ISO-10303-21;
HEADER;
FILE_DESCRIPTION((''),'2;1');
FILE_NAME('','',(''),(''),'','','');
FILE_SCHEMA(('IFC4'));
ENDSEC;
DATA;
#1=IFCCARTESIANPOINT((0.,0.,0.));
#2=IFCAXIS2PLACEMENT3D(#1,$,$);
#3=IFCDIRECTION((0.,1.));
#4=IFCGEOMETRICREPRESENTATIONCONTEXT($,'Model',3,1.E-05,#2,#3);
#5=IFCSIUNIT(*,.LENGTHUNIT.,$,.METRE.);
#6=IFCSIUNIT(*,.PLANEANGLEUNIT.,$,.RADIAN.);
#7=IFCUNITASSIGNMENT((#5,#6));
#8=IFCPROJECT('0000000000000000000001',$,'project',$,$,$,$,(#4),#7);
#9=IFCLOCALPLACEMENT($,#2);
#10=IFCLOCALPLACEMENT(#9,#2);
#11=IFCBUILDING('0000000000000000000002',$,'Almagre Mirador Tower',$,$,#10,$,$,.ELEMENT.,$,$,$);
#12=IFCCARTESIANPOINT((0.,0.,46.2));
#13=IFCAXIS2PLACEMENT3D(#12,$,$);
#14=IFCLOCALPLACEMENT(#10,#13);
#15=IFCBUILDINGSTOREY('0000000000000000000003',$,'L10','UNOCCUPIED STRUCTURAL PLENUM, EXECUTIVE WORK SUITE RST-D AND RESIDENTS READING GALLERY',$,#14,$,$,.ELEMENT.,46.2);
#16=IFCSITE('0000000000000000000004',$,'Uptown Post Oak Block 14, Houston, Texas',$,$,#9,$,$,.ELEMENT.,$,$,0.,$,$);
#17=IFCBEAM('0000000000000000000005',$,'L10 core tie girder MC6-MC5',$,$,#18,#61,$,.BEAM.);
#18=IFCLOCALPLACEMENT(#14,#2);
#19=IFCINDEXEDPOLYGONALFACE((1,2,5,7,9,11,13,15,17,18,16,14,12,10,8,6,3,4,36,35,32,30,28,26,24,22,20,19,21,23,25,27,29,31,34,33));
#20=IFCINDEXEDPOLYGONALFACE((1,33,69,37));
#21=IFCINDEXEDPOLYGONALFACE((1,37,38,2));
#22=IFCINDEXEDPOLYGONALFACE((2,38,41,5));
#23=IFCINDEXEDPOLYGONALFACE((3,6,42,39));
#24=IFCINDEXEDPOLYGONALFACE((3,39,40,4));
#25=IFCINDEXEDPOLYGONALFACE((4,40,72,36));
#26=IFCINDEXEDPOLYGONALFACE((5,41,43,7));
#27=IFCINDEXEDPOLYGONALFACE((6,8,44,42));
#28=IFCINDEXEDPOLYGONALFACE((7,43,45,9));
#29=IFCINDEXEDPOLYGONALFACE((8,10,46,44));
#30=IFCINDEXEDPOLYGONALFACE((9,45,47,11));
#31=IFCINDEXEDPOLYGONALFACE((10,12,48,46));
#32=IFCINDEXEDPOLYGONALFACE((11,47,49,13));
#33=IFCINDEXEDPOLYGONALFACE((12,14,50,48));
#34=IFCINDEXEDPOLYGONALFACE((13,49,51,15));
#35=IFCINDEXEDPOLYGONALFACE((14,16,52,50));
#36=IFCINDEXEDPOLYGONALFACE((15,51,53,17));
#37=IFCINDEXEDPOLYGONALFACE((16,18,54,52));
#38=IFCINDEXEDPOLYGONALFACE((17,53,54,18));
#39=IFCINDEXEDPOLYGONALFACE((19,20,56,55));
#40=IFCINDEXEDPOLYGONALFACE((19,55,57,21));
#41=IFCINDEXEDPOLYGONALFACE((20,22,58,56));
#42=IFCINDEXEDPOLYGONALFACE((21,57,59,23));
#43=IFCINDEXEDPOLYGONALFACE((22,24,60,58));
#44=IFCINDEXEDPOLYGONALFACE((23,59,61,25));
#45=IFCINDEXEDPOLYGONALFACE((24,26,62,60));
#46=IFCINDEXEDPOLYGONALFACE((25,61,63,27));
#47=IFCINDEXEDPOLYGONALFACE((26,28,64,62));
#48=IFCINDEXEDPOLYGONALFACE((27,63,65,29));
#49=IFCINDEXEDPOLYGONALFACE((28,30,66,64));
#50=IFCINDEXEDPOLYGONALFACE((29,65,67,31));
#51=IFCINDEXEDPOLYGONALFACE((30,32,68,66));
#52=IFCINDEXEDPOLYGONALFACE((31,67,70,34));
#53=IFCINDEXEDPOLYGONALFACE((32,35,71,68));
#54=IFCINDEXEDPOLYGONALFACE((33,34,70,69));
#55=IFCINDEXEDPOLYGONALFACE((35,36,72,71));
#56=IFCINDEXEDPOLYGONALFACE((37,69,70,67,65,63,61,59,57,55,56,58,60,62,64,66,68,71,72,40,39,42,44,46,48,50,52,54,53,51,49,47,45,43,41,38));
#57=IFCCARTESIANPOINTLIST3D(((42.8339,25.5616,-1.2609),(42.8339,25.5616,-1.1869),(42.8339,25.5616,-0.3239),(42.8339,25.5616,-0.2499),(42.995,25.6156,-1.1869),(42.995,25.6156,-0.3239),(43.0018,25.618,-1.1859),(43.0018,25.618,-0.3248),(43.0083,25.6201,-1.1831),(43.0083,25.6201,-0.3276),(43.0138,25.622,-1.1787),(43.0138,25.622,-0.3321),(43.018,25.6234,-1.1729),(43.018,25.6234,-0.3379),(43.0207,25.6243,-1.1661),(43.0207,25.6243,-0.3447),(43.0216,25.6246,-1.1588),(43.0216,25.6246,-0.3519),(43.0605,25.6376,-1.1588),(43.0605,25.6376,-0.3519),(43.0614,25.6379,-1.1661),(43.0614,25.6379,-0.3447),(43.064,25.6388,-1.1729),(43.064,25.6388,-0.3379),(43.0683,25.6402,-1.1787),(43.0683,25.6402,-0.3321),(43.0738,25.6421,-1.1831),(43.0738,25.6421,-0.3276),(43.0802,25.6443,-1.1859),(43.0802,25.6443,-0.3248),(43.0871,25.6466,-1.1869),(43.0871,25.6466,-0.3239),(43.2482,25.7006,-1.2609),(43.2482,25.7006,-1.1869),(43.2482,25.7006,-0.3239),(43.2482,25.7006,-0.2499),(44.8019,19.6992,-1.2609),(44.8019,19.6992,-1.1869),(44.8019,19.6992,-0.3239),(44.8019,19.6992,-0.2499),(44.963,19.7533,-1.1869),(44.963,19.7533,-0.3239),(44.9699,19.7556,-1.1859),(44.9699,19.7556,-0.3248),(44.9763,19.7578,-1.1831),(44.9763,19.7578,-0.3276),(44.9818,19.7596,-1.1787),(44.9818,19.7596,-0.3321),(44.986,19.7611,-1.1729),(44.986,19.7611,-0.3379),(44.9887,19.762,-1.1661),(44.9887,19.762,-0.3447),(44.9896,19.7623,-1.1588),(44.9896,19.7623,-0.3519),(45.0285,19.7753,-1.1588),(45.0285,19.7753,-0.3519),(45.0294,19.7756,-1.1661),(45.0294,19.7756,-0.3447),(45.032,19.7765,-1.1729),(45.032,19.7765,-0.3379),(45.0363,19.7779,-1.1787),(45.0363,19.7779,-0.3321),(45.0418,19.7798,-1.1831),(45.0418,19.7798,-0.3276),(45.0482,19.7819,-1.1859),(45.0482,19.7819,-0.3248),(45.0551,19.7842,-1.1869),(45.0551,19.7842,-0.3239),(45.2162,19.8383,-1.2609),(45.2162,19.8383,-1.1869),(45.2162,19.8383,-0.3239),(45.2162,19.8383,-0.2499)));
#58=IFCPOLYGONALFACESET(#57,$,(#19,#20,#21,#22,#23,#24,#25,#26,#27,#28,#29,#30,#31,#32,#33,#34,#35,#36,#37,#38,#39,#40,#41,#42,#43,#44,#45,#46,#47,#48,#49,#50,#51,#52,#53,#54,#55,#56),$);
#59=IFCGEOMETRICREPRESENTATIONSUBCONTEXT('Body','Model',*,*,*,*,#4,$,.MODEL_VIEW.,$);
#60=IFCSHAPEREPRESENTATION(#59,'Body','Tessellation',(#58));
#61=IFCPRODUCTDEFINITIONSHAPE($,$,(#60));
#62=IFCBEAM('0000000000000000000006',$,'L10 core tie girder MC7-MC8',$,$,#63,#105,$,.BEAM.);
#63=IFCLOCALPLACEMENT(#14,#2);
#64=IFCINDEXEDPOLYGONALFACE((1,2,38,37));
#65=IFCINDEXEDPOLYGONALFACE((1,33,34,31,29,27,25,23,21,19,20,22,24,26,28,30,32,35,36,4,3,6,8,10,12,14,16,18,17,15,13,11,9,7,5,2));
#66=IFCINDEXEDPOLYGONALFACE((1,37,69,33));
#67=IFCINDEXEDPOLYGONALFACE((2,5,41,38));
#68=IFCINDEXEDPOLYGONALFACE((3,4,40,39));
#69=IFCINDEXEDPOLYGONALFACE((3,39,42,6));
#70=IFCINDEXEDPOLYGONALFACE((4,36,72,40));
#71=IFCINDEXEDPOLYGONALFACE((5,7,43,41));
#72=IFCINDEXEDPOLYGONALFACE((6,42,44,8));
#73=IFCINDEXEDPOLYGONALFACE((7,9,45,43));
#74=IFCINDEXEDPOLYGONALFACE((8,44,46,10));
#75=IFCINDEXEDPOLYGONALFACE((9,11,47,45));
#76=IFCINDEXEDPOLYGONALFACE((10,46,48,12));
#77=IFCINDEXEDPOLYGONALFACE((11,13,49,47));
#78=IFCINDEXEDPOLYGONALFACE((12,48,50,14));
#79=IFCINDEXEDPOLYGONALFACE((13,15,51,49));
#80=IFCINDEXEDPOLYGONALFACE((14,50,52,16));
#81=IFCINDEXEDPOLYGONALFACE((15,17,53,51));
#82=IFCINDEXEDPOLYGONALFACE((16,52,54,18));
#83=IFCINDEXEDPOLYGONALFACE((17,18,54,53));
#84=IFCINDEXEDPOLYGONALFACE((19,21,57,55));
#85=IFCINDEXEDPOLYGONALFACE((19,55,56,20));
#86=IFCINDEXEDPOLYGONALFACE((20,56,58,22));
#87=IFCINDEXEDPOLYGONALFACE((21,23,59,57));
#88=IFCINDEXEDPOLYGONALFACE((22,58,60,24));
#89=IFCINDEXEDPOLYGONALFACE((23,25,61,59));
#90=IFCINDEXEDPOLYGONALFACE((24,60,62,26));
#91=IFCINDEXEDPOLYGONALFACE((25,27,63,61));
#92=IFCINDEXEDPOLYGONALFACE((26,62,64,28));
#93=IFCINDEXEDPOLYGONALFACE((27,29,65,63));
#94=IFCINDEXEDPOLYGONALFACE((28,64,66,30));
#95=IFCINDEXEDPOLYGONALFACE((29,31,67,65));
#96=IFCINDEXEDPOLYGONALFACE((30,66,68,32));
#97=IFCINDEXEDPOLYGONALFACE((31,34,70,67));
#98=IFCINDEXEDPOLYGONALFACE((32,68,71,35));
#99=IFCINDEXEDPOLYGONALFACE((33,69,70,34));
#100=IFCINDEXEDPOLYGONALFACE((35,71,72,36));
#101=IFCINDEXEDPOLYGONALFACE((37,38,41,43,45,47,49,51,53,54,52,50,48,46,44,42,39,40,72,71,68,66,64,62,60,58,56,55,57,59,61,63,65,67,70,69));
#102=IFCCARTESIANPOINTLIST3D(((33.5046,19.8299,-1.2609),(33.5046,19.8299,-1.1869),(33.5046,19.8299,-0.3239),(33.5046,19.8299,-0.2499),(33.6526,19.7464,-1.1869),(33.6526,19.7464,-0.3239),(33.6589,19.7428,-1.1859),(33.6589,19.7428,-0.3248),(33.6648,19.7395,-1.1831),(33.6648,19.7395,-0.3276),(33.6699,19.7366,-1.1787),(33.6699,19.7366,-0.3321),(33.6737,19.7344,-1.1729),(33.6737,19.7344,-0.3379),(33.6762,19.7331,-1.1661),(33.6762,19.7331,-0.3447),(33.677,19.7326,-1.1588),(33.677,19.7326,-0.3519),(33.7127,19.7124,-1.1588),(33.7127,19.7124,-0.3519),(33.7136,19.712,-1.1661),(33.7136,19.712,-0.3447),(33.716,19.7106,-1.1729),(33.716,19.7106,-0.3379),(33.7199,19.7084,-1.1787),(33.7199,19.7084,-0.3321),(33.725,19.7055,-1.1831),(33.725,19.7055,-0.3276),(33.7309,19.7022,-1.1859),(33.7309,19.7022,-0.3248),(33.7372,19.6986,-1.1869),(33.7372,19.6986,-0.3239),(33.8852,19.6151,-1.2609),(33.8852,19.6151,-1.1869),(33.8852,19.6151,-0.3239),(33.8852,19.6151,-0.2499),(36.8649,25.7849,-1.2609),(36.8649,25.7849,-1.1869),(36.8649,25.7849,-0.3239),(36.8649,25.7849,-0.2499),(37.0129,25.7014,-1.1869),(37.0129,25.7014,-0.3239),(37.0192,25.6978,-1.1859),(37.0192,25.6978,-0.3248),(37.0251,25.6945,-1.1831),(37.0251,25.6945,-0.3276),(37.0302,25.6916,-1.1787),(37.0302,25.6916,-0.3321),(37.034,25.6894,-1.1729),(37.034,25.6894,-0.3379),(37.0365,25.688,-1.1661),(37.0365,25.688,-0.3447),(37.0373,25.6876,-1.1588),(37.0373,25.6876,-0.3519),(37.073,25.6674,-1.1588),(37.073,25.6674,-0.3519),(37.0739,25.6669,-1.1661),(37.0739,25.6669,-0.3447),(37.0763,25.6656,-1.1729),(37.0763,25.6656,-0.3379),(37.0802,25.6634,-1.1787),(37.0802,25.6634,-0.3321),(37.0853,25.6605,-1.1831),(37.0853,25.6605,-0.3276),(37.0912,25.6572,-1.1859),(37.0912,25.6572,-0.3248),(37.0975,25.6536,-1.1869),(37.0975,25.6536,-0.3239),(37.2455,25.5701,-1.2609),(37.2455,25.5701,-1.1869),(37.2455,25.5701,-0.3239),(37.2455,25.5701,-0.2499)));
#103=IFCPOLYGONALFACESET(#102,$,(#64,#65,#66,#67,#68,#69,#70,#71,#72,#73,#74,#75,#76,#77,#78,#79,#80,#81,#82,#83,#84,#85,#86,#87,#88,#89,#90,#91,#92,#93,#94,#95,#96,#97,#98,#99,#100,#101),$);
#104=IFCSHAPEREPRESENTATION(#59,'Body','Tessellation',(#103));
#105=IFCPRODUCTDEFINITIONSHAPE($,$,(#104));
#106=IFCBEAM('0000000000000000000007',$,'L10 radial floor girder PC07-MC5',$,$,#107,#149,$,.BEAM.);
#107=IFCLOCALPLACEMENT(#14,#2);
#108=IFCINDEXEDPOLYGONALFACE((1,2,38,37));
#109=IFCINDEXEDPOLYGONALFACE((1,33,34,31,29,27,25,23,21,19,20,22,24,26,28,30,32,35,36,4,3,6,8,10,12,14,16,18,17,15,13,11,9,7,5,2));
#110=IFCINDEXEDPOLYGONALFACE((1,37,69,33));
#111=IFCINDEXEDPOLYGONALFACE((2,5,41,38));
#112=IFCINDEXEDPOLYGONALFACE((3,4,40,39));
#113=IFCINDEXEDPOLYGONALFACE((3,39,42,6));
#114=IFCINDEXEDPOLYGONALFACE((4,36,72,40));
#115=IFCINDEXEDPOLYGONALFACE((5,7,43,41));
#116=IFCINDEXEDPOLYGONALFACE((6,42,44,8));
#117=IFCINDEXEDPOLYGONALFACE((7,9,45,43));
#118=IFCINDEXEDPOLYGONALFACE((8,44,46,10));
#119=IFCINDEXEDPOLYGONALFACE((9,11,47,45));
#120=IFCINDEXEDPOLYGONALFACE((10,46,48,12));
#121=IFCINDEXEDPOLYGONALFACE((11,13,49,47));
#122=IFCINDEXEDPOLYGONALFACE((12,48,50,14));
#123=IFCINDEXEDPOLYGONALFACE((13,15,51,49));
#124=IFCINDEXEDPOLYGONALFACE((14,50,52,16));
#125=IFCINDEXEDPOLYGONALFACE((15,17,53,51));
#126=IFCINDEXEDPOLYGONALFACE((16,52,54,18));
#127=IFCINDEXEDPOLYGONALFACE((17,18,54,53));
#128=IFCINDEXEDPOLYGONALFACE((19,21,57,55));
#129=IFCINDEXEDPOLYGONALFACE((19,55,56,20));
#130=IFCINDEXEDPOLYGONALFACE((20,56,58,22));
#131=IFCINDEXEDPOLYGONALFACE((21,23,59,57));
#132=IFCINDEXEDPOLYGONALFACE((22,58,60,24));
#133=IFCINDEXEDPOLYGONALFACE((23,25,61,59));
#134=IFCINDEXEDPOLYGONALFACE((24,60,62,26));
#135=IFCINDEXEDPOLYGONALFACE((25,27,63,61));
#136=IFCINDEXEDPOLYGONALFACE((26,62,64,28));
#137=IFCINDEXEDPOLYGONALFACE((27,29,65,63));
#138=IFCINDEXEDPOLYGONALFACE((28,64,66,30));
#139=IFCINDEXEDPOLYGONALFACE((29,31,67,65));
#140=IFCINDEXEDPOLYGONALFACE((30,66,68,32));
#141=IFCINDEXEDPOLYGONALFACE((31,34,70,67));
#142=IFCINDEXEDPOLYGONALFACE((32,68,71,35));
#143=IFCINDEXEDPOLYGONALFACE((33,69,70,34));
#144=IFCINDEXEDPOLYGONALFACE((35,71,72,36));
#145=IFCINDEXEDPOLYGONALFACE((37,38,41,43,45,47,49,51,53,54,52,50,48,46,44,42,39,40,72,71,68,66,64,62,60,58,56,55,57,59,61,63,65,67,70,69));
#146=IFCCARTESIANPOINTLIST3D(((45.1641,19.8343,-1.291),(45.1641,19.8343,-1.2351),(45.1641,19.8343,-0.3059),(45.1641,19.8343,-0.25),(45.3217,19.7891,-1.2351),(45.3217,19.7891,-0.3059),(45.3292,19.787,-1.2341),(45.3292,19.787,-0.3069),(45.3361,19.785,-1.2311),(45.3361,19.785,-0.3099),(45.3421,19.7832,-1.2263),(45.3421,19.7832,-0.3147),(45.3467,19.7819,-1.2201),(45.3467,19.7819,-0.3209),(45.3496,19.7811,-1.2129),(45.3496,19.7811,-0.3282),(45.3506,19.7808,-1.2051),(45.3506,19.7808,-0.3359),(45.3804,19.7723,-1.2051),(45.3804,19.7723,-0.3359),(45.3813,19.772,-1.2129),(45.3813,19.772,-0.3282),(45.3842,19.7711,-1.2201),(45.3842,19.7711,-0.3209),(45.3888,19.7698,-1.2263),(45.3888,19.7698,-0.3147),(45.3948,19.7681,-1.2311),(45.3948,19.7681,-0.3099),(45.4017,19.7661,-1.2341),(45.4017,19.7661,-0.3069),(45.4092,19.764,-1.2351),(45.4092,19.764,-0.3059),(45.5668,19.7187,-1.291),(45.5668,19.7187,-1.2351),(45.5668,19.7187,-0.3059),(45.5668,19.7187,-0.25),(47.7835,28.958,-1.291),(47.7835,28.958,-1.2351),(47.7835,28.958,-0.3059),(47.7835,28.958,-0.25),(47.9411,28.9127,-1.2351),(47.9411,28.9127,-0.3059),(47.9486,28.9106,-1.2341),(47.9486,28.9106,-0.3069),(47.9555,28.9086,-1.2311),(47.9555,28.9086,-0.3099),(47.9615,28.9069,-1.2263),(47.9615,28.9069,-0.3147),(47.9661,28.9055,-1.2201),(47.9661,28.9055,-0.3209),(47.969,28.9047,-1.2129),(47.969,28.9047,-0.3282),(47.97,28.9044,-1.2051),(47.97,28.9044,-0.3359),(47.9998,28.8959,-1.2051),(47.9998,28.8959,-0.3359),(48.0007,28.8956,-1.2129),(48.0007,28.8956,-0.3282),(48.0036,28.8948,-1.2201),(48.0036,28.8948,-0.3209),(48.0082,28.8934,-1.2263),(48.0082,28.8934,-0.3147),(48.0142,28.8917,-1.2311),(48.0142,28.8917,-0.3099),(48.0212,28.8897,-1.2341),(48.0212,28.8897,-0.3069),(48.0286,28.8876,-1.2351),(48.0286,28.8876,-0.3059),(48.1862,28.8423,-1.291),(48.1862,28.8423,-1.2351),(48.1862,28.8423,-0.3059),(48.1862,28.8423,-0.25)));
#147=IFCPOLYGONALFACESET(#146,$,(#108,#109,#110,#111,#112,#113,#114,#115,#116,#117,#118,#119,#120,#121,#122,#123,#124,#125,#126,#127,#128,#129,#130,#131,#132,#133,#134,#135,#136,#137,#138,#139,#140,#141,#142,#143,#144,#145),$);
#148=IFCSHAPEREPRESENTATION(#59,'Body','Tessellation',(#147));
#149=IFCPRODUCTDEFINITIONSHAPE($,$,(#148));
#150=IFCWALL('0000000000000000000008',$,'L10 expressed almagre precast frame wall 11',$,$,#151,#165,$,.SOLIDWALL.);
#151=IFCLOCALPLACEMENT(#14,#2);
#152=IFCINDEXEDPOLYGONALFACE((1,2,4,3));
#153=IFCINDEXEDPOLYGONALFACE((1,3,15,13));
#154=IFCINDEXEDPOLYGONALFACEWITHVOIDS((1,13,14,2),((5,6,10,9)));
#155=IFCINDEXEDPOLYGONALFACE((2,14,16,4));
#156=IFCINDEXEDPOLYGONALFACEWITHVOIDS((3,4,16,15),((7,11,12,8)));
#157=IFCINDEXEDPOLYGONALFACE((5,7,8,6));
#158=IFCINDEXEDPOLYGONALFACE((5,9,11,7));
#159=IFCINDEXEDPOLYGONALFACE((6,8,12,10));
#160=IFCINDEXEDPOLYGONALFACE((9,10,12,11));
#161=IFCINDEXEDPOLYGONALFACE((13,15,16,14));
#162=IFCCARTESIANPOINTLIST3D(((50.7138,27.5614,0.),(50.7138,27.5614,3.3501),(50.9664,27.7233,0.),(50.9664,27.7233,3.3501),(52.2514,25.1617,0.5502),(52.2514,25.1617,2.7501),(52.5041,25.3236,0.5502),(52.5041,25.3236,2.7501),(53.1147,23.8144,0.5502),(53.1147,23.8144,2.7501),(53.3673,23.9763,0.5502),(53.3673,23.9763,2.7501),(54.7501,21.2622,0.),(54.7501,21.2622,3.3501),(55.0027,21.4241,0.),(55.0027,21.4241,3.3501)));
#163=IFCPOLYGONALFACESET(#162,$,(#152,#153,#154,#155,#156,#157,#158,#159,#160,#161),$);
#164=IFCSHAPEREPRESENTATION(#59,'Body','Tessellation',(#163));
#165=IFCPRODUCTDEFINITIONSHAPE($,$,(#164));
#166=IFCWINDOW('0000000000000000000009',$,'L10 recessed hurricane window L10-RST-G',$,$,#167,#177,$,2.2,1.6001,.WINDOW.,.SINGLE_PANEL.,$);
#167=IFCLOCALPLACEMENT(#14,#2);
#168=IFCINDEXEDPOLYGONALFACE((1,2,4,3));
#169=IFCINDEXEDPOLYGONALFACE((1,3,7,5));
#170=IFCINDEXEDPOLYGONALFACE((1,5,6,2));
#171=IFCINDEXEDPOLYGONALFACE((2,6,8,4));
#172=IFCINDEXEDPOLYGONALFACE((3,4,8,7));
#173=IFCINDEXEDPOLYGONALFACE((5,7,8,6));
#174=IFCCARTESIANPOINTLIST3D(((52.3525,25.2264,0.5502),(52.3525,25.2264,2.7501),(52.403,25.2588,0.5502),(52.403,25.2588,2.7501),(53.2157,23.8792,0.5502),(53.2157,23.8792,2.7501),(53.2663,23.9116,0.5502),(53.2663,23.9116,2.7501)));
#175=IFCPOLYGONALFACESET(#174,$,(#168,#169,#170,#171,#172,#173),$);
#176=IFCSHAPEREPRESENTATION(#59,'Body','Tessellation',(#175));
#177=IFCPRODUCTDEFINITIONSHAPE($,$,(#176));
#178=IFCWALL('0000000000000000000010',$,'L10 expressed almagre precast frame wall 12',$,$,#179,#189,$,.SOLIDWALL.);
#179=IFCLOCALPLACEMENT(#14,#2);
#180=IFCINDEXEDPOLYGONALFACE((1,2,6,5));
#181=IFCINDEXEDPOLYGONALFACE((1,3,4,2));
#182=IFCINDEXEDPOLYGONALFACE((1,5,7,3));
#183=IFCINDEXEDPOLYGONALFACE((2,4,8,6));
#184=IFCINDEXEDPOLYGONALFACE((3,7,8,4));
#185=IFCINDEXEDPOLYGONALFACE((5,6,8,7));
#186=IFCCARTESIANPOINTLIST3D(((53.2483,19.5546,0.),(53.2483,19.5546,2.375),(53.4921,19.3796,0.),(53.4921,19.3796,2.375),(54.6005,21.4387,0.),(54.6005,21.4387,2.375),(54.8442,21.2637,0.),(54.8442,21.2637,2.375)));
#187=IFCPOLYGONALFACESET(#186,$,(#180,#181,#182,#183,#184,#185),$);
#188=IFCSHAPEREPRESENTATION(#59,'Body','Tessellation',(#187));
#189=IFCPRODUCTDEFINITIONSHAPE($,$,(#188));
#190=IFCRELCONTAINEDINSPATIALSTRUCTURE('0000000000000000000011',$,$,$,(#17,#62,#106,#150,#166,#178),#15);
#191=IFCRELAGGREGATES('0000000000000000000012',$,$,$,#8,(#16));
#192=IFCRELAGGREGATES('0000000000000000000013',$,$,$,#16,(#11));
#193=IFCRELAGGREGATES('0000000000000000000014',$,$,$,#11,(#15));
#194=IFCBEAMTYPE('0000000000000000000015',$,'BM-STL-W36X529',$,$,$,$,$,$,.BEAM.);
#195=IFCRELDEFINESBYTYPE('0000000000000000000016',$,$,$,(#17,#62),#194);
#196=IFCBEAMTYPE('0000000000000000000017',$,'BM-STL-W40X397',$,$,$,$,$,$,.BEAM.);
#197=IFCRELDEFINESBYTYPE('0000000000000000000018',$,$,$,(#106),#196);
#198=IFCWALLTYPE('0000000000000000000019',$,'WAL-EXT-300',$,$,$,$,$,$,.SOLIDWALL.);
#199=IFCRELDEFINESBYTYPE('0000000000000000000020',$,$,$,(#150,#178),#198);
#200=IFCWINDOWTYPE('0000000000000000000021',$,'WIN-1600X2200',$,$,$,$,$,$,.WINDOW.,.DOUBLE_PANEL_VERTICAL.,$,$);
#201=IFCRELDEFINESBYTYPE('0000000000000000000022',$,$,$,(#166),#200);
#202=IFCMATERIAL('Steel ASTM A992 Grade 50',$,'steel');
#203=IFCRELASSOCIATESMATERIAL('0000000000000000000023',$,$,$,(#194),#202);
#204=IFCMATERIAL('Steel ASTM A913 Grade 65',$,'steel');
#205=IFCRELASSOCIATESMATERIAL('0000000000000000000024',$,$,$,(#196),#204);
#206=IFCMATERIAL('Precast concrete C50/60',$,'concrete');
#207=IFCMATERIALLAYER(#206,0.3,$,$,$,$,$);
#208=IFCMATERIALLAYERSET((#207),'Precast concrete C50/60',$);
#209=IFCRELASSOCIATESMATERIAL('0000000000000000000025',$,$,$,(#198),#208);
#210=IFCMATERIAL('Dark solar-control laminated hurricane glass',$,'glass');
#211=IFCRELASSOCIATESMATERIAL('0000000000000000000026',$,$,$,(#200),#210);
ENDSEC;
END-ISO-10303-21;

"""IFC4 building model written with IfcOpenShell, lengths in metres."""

from ifc_helpers import new_model, si_unit, direction, frame, frame_2d, origin, origin_2d, place, context, subcontext, project, spatial, rectangle, i_section, extrude, material, layer, layer_set, material_profile, profile_set, type_object, element, fill, save


model = new_model("IFC4")

# Units and contexts
model_context = context("Model", 3, precision=1e-05, world=origin(), true_north=direction((0.0, 1.0)))
body_context = subcontext(model_context, "Body", "Model", "MODEL_VIEW")
ifc_project = project(units=[si_unit("LENGTHUNIT", "METRE"), si_unit("PLANEANGLEUNIT", "RADIAN")], contexts=[model_context])

# Site, building, storey
site_placement = place(None, origin())
site = spatial("IfcSite", under=ifc_project, at=site_placement, Name="Uptown Post Oak Block 14, Houston, Texas", CompositionType="ELEMENT", RefElevation=0.0)
building_placement = place(site_placement, origin())
building = spatial("IfcBuilding", under=site, at=building_placement, Name="Almagre Mirador Tower", CompositionType="ELEMENT")
storey_placement = place(building_placement, frame((0.0, 0.0, 46.2)))
storey = spatial("IfcBuildingStorey", under=building, at=storey_placement, Name="L10", Description="UNOCCUPIED STRUCTURAL PLENUM, EXECUTIVE WORK SUITE RST-D AND RESIDENTS READING GALLERY", CompositionType="ELEMENT", Elevation=46.2)

# Beams
ifc_material_1 = material(Name="Steel ASTM A992 Grade 50", Category="steel")
ifc_material_profile_1 = material_profile(ifc_material_1, i_section(OverallWidth=0.437, OverallDepth=1.011, WebThickness=0.041, FlangeThickness=0.074, FilletRadius=0.0281, at=origin_2d()), Name="W36X529")
ifc_profile_set_1 = profile_set([ifc_material_profile_1], Name="Steel ASTM A992 Grade 50")
beam_type_1 = type_object("IfcBeamType", Name="BM-STL-W36X529", PredefinedType="BEAM", material=ifc_profile_set_1)
beam_1_placement = place(storey_placement, frame((43.041, 25.6311, -0.7554), z_axis=(0.318252, -0.948006, 0.0), x_axis=(0.948006, 0.318252, 0.0)))
element("IfcBeam", 1, at=beam_1_placement, inside=storey, type_object=beam_type_1, Name="L10 core tie girder MC6-MC5", PredefinedType="BEAM", context=body_context, shape_type="SweptSolid", body=[
    extrude(i_section(OverallWidth=0.437, OverallDepth=1.011, WebThickness=0.041, FlangeThickness=0.074, FilletRadius=0.0281, at=origin_2d()), origin(), (0.0, 0.0, 1.0), 6.1838),
])
beam_2_placement = place(storey_placement, frame((37.0552, 25.6775, -0.7554), z_axis=(-0.491441, -0.870911, 0.0), x_axis=(0.870911, -0.491441, 0.0)))
element("IfcBeam", 2, at=beam_2_placement, inside=storey, type_object=beam_type_1, Name="L10 core tie girder MC7-MC8", PredefinedType="BEAM", context=body_context, shape_type="SweptSolid", body=[
    extrude(i_section(OverallWidth=0.437, OverallDepth=1.011, WebThickness=0.041, FlangeThickness=0.074, FilletRadius=0.0281, at=origin_2d()), origin(), (0.0, 0.0, 1.0), 6.8376),
])
ifc_material_2 = material(Name="Steel ASTM A913 Grade 65", Category="steel")
ifc_material_profile_2 = material_profile(ifc_material_2, i_section(OverallWidth=0.4189, OverallDepth=1.041, WebThickness=0.031, FlangeThickness=0.0559, FilletRadius=0.03, at=origin_2d()), Name="W40X397")
ifc_profile_set_2 = profile_set([ifc_material_profile_2], Name="Steel ASTM A913 Grade 65")
beam_type_2 = type_object("IfcBeamType", Name="BM-STL-W40X397", PredefinedType="BEAM", material=ifc_profile_set_2)
beam_3_placement = place(storey_placement, frame((47.9849, 28.9001, -0.7705), z_axis=(-0.275954, -0.961171, 0.0), x_axis=(0.961171, -0.275954, 0.0)))
element("IfcBeam", 3, at=beam_3_placement, inside=storey, type_object=beam_type_2, Name="L10 radial floor girder PC07-MC5", PredefinedType="BEAM", context=body_context, shape_type="SweptSolid", body=[
    extrude(i_section(OverallWidth=0.4189, OverallDepth=1.041, WebThickness=0.031, FlangeThickness=0.0559, FilletRadius=0.03, at=origin_2d()), origin(), (0.0, 0.0, 1.0), 9.4922),
])

# Wall, opening, window
ifc_material_3 = material(Name="Precast concrete C50/60", Category="concrete")
ifc_layer = layer(ifc_material_3, 0.3)
ifc_layer_set = layer_set([ifc_layer], Name="Precast concrete C50/60")
wall_type = type_object("IfcWallType", Name="WAL-EXT-300", PredefinedType="SOLIDWALL", material=ifc_layer_set)
wall_1_placement = place(storey_placement, frame((50.8401, 27.6423, 0.0), z_axis=(0.0, 0.0, 1.0), x_axis=(0.53951, -0.841979, 0.0)))
wall_1 = element("IfcWall", 4, at=wall_1_placement, inside=storey, type_object=wall_type, Name="L10 expressed almagre precast frame wall 11", PredefinedType="SOLIDWALL", context=body_context, shape_type="SweptSolid", body=[
    extrude(rectangle(XDim=7.4814, YDim=0.3, at=frame_2d((3.7407, 0.0))), origin(), (0.0, 0.0, 1.0), 3.3501),
])
opening_placement = place(wall_1_placement, frame((2.8501, 0.0, 0.55)))
opening = element("IfcOpeningElement", 5, at=opening_placement, cuts=wall_1, PredefinedType="OPENING", context=body_context, shape_type="SweptSolid", body=[
    extrude(rectangle(XDim=1.6001, YDim=2.2, at=frame_2d((0.8, 1.1001))), frame((0.0, 0.1599, 0.0), z_axis=(0.0, -1.0, 0.0), x_axis=(1.0, 0.0, 0.0)), (0.0, 0.0, 1.0), 0.32),
])
ifc_material_4 = material(Name="Dark solar-control laminated hurricane glass", Category="glass")
window_type = type_object("IfcWindowType", Name="WIN-1600X2200", PartitioningType="DOUBLE_PANEL_VERTICAL", PredefinedType="WINDOW", material=ifc_material_4)
window_placement = place(opening_placement, origin())
window = element("IfcWindow", 6, at=window_placement, inside=storey, type_object=window_type, Name="L10 recessed hurricane window L10-RST-G", OverallHeight=2.2, OverallWidth=1.6001, PartitioningType="SINGLE_PANEL", PredefinedType="WINDOW", context=body_context, shape_type="SweptSolid", body=[
    extrude(rectangle(XDim=1.6001, YDim=2.2, at=frame_2d((0.8, 1.1001))), frame((0.0, 0.03, 0.0), z_axis=(0.0, -1.0, 0.0), x_axis=(1.0, 0.0, 0.0)), (0.0, 0.0, 1.0), 0.0601),
])
fill(opening, window)

# Wall
wall_2_placement = place(storey_placement, frame((54.7224, 21.3513, 0.0), z_axis=(0.0, 0.0, 1.0), x_axis=(-0.583039, -0.812444, 0.0)))
element("IfcWall", 7, at=wall_2_placement, inside=storey, type_object=wall_type, Name="L10 expressed almagre precast frame wall 12", PredefinedType="SOLIDWALL", context=body_context, shape_type="SweptSolid", body=[
    extrude(rectangle(XDim=2.3191, YDim=0.3, at=frame_2d((1.1597, 0.0))), origin(), (0.0, 0.0, 1.0), 2.375),
])

save(model, "model.ifc")
